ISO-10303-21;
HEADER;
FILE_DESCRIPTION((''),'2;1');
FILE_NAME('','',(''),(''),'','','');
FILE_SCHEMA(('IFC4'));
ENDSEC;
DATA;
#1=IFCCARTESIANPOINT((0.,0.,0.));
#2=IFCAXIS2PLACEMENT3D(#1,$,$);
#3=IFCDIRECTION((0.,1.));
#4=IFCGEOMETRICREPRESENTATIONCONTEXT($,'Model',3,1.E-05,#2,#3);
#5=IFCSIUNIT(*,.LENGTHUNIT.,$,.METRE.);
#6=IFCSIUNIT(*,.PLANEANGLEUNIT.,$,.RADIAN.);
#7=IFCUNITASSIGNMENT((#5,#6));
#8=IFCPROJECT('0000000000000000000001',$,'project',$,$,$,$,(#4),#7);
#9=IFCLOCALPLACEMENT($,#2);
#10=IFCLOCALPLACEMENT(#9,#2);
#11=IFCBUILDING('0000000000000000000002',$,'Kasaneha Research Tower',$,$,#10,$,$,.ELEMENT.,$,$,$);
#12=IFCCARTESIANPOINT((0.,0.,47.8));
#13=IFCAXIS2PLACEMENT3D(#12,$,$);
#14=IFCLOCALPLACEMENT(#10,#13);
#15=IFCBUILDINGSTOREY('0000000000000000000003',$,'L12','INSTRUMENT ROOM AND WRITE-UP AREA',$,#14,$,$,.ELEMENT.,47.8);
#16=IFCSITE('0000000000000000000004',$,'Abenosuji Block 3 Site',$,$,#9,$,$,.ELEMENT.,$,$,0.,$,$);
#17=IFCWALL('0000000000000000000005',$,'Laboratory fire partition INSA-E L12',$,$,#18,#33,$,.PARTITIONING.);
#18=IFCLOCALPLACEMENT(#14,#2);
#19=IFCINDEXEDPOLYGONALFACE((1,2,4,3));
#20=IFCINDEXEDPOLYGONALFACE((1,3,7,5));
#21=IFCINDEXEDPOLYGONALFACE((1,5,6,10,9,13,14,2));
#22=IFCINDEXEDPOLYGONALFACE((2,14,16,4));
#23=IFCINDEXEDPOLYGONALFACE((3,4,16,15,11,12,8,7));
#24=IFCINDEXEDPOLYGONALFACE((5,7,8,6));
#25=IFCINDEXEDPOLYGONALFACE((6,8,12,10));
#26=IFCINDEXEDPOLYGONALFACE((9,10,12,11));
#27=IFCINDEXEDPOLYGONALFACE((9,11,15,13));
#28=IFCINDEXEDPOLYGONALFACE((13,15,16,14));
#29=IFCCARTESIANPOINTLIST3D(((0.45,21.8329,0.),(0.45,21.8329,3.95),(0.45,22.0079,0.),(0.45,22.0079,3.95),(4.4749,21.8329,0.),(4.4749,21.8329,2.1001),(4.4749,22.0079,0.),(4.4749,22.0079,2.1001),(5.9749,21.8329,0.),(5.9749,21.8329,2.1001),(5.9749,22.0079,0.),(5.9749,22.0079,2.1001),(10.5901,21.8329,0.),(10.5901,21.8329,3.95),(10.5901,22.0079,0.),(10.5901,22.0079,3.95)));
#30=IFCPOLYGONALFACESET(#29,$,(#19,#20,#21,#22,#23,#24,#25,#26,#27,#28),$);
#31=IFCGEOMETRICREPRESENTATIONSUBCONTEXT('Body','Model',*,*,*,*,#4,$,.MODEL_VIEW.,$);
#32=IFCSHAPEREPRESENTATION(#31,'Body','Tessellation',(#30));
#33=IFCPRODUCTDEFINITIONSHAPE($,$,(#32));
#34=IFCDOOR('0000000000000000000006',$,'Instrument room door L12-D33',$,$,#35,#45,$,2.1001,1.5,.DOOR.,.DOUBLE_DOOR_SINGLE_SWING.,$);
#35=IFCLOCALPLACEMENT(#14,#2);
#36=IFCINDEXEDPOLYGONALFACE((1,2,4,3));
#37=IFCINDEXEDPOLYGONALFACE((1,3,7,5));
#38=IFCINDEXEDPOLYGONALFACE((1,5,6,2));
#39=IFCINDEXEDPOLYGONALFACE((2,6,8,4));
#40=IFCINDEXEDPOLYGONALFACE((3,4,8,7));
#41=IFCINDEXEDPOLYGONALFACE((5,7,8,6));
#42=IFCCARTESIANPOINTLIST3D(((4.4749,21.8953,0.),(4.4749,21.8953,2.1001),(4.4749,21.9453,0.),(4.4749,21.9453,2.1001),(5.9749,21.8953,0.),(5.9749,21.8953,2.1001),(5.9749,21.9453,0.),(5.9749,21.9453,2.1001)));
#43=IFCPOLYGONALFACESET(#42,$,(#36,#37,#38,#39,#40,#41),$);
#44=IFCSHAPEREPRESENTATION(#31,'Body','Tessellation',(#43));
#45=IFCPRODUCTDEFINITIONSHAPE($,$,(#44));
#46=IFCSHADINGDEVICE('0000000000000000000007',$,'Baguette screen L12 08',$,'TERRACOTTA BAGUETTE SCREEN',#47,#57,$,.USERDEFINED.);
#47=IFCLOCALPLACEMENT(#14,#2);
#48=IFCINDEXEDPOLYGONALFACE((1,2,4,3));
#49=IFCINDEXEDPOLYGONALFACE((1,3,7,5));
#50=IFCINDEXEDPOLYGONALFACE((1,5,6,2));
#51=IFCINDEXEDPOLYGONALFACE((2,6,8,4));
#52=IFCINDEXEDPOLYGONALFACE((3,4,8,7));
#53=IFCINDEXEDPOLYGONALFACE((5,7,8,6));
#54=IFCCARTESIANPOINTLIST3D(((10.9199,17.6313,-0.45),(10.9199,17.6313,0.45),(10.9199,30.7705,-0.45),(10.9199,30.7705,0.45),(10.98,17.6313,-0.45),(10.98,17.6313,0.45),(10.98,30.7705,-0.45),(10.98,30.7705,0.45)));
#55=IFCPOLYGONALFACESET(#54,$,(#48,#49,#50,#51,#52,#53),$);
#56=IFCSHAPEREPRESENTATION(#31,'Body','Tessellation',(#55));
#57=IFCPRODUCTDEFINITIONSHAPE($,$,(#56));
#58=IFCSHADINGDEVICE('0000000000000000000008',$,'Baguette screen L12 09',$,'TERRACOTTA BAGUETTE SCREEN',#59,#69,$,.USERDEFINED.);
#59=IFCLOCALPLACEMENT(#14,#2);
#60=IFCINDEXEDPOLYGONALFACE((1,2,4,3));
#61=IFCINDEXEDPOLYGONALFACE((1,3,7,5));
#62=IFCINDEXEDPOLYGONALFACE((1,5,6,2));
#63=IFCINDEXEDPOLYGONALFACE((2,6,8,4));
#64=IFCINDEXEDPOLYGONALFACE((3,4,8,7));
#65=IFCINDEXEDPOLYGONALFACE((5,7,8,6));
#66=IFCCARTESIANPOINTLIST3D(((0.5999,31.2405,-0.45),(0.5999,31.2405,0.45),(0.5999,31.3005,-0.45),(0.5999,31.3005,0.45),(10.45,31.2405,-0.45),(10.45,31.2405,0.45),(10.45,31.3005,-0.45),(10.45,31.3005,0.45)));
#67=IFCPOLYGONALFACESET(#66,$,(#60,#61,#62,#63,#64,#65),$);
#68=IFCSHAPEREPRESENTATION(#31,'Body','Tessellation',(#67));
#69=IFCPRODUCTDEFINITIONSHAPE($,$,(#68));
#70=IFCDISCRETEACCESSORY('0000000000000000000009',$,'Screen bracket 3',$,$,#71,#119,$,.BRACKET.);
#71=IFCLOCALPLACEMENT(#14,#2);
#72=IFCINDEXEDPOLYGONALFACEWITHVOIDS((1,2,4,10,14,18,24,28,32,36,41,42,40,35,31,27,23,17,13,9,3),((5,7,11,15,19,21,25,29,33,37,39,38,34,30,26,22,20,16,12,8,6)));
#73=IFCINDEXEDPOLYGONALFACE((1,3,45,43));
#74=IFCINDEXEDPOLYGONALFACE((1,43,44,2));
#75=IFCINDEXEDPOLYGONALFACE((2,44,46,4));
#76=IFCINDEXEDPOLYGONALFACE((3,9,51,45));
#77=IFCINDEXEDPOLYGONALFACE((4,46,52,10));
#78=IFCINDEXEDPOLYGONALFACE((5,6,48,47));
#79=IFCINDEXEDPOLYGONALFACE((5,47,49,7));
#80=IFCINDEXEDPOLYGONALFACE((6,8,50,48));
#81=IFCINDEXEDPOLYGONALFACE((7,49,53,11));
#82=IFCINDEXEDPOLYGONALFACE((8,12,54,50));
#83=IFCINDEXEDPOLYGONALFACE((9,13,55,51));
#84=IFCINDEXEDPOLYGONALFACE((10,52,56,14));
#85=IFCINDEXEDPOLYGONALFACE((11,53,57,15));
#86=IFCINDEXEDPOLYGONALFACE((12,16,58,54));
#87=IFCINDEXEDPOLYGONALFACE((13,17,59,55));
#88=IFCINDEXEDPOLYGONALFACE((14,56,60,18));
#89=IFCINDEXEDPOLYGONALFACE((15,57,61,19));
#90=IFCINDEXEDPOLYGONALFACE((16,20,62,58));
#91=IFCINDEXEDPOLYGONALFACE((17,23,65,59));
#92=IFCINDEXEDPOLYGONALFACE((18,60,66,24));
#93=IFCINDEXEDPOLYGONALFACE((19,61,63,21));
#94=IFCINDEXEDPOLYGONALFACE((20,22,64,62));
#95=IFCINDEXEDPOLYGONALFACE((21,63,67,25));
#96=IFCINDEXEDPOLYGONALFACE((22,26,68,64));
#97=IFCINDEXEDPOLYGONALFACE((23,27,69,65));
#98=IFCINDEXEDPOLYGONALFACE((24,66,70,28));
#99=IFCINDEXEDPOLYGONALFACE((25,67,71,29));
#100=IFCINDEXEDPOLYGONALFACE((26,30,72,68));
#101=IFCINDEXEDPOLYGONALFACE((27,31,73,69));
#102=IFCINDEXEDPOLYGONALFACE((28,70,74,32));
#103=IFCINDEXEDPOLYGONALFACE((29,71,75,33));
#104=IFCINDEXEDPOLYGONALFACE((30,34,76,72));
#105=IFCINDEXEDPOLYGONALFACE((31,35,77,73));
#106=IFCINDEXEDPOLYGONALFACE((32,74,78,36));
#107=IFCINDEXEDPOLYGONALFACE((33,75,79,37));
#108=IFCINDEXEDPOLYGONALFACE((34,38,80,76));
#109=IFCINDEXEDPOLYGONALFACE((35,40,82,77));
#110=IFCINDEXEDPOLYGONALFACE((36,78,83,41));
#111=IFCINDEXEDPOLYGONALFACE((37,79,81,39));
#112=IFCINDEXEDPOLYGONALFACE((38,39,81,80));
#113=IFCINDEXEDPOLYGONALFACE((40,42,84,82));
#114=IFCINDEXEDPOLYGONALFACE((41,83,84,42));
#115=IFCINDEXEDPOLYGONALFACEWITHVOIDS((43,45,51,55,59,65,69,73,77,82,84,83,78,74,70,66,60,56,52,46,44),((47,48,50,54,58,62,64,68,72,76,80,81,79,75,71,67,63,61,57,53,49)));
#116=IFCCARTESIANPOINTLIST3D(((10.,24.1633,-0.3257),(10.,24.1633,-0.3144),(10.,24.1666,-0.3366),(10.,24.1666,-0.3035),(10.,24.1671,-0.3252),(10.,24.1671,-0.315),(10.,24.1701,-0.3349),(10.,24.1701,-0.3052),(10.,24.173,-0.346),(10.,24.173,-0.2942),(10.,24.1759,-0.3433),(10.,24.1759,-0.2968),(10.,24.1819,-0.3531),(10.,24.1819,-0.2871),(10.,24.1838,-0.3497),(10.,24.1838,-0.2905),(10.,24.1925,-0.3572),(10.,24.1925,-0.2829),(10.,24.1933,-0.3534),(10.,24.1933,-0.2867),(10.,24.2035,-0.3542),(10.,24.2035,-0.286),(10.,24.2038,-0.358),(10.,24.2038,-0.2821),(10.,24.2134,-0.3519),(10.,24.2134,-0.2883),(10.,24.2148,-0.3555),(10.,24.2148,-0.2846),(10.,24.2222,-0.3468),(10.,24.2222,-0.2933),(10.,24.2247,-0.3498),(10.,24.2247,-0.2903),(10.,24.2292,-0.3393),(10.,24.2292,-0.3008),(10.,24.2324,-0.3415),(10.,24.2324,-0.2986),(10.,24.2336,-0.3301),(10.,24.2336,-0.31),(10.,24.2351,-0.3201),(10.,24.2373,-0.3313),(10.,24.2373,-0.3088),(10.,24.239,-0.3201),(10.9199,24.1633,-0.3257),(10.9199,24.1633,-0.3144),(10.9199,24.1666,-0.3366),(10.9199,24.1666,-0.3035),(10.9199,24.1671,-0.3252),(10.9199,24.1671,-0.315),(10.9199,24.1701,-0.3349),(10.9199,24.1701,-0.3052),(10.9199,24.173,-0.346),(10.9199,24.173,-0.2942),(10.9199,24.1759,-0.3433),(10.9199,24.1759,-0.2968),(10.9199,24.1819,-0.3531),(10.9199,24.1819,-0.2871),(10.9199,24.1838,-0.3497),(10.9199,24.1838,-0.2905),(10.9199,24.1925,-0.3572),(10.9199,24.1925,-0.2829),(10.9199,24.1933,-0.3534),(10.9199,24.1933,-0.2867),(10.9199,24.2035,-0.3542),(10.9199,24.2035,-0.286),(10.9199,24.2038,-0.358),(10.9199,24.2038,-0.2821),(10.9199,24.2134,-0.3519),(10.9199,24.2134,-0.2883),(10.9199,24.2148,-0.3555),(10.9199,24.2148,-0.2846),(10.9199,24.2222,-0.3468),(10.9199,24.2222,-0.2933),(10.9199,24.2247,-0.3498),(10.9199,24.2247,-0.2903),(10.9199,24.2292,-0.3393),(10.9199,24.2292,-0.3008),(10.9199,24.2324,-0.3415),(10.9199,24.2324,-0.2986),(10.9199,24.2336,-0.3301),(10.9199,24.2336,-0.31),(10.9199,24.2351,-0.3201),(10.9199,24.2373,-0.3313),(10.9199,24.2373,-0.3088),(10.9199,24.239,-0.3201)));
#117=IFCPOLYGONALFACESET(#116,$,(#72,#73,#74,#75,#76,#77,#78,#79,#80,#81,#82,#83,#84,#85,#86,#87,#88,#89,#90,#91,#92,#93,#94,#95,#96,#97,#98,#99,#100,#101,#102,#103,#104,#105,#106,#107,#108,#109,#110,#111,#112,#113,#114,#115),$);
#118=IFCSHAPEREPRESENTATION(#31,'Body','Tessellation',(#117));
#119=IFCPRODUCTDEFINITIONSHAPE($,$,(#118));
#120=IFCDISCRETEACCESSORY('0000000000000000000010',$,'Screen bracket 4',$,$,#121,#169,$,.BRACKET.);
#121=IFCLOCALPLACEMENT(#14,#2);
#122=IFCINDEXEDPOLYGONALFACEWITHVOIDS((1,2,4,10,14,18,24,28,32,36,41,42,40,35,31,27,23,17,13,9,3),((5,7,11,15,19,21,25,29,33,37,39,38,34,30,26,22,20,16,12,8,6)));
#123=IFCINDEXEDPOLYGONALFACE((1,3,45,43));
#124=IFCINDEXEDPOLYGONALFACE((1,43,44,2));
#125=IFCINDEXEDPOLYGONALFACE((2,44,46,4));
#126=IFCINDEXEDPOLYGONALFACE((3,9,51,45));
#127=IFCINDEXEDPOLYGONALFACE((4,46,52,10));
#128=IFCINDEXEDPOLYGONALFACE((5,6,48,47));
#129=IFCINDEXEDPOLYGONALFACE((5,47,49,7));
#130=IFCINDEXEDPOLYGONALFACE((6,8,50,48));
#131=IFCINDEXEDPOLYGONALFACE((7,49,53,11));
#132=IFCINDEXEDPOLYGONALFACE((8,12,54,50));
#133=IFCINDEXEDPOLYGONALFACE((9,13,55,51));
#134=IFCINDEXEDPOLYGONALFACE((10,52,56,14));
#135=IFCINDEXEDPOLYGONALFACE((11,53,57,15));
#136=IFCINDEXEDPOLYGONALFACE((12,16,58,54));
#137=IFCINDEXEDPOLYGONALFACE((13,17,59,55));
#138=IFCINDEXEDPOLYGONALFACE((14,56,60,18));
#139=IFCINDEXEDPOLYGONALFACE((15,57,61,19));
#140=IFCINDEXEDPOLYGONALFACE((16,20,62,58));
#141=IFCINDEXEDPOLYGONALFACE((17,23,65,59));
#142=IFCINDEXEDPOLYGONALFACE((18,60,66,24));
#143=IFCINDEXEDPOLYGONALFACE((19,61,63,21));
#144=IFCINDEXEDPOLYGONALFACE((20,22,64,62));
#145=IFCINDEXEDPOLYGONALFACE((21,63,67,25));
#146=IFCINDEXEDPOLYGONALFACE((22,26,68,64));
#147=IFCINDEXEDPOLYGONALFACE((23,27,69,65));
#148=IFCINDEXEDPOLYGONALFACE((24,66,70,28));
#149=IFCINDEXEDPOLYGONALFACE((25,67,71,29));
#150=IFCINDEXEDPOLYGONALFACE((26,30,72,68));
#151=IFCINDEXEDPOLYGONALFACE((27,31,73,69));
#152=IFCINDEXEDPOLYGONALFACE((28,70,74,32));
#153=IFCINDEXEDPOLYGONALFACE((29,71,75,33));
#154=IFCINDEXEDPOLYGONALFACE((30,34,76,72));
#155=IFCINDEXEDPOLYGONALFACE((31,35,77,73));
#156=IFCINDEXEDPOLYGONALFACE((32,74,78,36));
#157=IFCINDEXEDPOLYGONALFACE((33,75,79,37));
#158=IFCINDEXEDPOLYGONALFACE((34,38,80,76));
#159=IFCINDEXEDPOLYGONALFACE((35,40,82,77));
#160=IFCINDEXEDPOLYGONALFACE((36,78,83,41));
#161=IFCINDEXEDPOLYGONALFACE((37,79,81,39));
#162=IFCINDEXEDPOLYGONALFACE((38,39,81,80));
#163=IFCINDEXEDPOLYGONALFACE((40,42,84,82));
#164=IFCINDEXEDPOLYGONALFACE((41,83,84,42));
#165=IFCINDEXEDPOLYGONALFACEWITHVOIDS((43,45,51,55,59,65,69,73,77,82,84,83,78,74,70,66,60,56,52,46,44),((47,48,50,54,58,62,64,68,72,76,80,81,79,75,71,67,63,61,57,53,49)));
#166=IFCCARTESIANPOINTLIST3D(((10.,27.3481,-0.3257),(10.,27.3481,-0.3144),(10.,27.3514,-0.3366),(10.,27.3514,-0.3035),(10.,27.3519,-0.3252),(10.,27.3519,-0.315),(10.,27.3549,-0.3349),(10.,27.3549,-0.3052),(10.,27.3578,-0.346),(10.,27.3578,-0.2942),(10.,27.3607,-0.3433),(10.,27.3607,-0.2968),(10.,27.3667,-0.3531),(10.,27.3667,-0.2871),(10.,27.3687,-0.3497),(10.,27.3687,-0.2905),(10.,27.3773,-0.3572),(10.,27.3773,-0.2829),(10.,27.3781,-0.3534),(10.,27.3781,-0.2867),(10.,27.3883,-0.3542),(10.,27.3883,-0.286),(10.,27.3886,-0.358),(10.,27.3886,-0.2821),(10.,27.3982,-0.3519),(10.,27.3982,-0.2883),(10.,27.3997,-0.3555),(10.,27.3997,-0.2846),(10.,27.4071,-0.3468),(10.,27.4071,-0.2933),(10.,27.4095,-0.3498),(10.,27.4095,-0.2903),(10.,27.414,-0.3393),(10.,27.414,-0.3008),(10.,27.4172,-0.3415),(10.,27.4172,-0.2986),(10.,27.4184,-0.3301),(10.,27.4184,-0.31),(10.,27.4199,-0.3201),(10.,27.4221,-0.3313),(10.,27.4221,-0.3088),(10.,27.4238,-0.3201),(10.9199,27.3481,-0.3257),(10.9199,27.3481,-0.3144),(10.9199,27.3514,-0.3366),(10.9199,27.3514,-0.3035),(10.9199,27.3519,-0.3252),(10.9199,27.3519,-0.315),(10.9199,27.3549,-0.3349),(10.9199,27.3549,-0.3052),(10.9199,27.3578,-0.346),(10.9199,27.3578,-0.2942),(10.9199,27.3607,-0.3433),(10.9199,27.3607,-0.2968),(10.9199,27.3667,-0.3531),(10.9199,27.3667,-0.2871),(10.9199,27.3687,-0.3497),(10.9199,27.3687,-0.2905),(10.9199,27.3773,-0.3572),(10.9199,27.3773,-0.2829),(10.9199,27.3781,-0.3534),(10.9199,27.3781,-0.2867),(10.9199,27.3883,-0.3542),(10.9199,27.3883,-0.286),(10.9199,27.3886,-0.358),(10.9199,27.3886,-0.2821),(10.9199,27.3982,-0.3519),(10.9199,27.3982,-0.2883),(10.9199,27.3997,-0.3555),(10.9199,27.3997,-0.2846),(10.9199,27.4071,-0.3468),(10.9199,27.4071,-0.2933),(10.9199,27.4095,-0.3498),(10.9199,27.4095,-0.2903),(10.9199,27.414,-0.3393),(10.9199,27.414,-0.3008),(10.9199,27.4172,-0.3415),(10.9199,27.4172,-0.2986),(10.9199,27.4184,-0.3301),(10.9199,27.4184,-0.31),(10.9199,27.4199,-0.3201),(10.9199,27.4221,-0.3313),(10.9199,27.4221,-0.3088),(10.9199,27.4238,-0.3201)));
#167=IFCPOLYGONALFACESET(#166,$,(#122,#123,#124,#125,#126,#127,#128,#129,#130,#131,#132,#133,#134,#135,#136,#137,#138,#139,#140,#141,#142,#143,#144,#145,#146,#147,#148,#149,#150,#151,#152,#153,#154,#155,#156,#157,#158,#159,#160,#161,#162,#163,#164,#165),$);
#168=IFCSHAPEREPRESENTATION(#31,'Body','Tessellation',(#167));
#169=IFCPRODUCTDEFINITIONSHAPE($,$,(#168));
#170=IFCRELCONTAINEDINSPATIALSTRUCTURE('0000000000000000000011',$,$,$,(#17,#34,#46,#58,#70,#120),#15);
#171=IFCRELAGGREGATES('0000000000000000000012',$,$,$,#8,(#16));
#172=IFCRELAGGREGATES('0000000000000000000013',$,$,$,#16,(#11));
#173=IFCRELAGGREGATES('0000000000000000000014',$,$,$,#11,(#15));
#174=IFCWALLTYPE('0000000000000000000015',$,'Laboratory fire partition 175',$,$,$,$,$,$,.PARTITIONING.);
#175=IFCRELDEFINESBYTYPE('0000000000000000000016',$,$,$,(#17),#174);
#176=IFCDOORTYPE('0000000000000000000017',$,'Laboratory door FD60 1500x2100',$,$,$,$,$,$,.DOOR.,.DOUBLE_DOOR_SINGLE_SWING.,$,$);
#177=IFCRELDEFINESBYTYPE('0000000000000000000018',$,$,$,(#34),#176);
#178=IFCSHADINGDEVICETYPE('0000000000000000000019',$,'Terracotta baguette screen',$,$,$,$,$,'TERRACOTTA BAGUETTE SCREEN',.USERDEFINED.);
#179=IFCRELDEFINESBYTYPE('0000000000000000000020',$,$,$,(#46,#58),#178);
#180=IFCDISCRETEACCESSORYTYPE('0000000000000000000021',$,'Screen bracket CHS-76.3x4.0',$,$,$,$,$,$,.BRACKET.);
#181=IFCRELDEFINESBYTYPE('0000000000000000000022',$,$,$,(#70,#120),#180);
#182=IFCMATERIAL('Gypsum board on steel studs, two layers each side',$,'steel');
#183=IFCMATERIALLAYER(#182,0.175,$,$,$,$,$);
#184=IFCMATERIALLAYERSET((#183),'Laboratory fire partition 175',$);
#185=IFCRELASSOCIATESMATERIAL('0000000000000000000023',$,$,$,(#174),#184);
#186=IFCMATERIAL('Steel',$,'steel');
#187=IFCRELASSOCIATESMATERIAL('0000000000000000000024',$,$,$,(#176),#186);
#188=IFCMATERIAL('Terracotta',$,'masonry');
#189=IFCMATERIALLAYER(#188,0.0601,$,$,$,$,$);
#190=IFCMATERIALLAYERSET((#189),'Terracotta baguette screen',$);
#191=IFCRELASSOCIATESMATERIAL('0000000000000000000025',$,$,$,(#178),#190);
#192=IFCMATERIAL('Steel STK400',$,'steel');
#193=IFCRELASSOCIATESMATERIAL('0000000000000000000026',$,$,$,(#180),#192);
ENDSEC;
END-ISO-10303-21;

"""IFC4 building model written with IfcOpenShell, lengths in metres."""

from ifc_helpers import new_model, si_unit, direction, frame, frame_2d, origin, origin_2d, place, context, subcontext, project, spatial, rectangle, hollow_circle, extrude, material, layer, layer_set, material_profile, profile_set, type_object, element, fill, save


model = new_model("IFC4")

# Units and contexts
model_context = context("Model", 3, precision=1e-05, world=origin(), true_north=direction((0.0, 1.0)))
body_context = subcontext(model_context, "Body", "Model", "MODEL_VIEW")
ifc_project = project(units=[si_unit("LENGTHUNIT", "METRE"), si_unit("PLANEANGLEUNIT", "RADIAN")], contexts=[model_context])

# Site, building, storey
site_placement = place(None, origin())
site = spatial("IfcSite", under=ifc_project, at=site_placement, Name="Abenosuji Block 3 Site", CompositionType="ELEMENT", RefElevation=0.0)
building_placement = place(site_placement, origin())
building = spatial("IfcBuilding", under=site, at=building_placement, Name="Kasaneha Research Tower", CompositionType="ELEMENT")
storey_placement = place(building_placement, frame((0.0, 0.0, 47.8)))
storey = spatial("IfcBuildingStorey", under=building, at=storey_placement, Name="L12", Description="INSTRUMENT ROOM AND WRITE-UP AREA", CompositionType="ELEMENT", Elevation=47.8)

# Wall, opening, door
ifc_material_1 = material(Name="Gypsum board on steel studs, two layers each side", Category="steel")
ifc_layer_1 = layer(ifc_material_1, 0.175)
ifc_layer_set_1 = layer_set([ifc_layer_1], Name="Laboratory fire partition 175")
wall_type = type_object("IfcWallType", Name="Laboratory fire partition 175", PredefinedType="PARTITIONING", material=ifc_layer_set_1)
wall_placement = place(storey_placement, frame((0.45, 21.9204, 0.0), z_axis=(0.0, 0.0, 1.0), x_axis=(1.0, 0.0, 0.0)))
wall = element("IfcWall", 1, at=wall_placement, inside=storey, type_object=wall_type, Name="Laboratory fire partition INSA-E L12", PredefinedType="PARTITIONING", context=body_context, shape_type="SweptSolid", body=[
    extrude(rectangle(XDim=10.1401, YDim=0.175, at=frame_2d((5.0701, 0.0))), origin(), (0.0, 0.0, 1.0), 3.95),
])
opening_placement = place(wall_placement, frame((4.0249, 0.0, 0.0)))
opening = element("IfcOpeningElement", 2, at=opening_placement, cuts=wall, PredefinedType="OPENING", context=body_context, shape_type="SweptSolid", body=[
    extrude(rectangle(XDim=1.5, YDim=2.1001, at=frame_2d((0.75, 1.05))), frame((0.0, 0.0977, 0.0), z_axis=(0.0, -1.0, 0.0), x_axis=(1.0, 0.0, 0.0)), (0.0, 0.0, 1.0), 0.1951),
])
ifc_material_2 = material(Name="Steel", Category="steel")
door_type = type_object("IfcDoorType", Name="Laboratory door FD60 1500x2100", OperationType="DOUBLE_DOOR_SINGLE_SWING", PredefinedType="DOOR", material=ifc_material_2)
door_placement = place(opening_placement, origin())
door = element("IfcDoor", 3, at=door_placement, inside=storey, type_object=door_type, Name="Instrument room door L12-D33", OperationType="DOUBLE_DOOR_SINGLE_SWING", OverallHeight=2.1001, OverallWidth=1.5, PredefinedType="DOOR", context=body_context, shape_type="SweptSolid", body=[
    extrude(rectangle(XDim=1.5, YDim=2.1001, at=frame_2d((0.75, 1.05))), frame((0.0, 0.0249, 0.0), z_axis=(0.0, -1.0, 0.0), x_axis=(1.0, 0.0, 0.0)), (0.0, 0.0, 1.0), 0.05),
])
fill(opening, door)

# Shading devices
ifc_material_3 = material(Name="Terracotta", Category="masonry")
ifc_layer_2 = layer(ifc_material_3, 0.0601)
ifc_layer_set_2 = layer_set([ifc_layer_2], Name="Terracotta baguette screen")
shading_device_type = type_object("IfcShadingDeviceType", Name="Terracotta baguette screen", ElementType="TERRACOTTA BAGUETTE SCREEN", PredefinedType="USERDEFINED", material=ifc_layer_set_2)
shading_device_1_placement = place(storey_placement, frame((10.95, 24.2009, -0.45), z_axis=(0.0, 0.0, 1.0), x_axis=(0.0, 1.0, 0.0)))
element("IfcShadingDevice", 4, at=shading_device_1_placement, inside=storey, type_object=shading_device_type, Name="Baguette screen L12 08", ObjectType="TERRACOTTA BAGUETTE SCREEN", PredefinedType="USERDEFINED", context=body_context, shape_type="SweptSolid", body=[
    extrude(rectangle(XDim=13.1392, YDim=0.0601, at=origin_2d()), origin(), (0.0, 0.0, 1.0), 0.8999),
])
shading_device_2_placement = place(storey_placement, frame((5.5249, 31.2705, -0.45), z_axis=(0.0, 0.0, 1.0), x_axis=(-1.0, 0.0, 0.0)))
element("IfcShadingDevice", 5, at=shading_device_2_placement, inside=storey, type_object=shading_device_type, Name="Baguette screen L12 09", ObjectType="TERRACOTTA BAGUETTE SCREEN", PredefinedType="USERDEFINED", context=body_context, shape_type="SweptSolid", body=[
    extrude(rectangle(XDim=9.8501, YDim=0.0601, at=origin_2d()), origin(), (0.0, 0.0, 1.0), 0.8999),
])

# Discrete accessories
ifc_material_4 = material(Name="Steel STK400", Category="steel")
ifc_material_profile_1 = material_profile(ifc_material_4, hollow_circle(Radius=0.0381, WallThickness=0.0039, at=origin_2d()), Name="CHS-76.3x4.0")
ifc_profile_set_1 = profile_set([ifc_material_profile_1], Name="Steel STK400")
discrete_accessory_type = type_object("IfcDiscreteAccessoryType", Name="Screen bracket CHS-76.3x4.0", PredefinedType="BRACKET", material=ifc_profile_set_1)
for number, where, z_axis, x_axis, name in (
    (6, (10.0, 24.2009, -0.3201), (1.0, 0.0, 0.0), (0.0, 1.0, 0.0), "Screen bracket 3"),
    (7, (10.0, 27.3857, -0.3201), (1.0, 0.0, 0.0), (0.0, 1.0, 0.0), "Screen bracket 4"),
):
    element("IfcDiscreteAccessory", number, at=place(storey_placement, frame(where, z_axis=z_axis, x_axis=x_axis)), inside=storey, type_object=discrete_accessory_type, Name=name, PredefinedType="BRACKET", context=body_context, shape_type="SweptSolid", body=[
        extrude(hollow_circle(Radius=0.0381, WallThickness=0.0039, at=origin_2d()), origin(), (0.0, 0.0, 1.0), 0.9199),
    ])

save(model, "model.ifc")
